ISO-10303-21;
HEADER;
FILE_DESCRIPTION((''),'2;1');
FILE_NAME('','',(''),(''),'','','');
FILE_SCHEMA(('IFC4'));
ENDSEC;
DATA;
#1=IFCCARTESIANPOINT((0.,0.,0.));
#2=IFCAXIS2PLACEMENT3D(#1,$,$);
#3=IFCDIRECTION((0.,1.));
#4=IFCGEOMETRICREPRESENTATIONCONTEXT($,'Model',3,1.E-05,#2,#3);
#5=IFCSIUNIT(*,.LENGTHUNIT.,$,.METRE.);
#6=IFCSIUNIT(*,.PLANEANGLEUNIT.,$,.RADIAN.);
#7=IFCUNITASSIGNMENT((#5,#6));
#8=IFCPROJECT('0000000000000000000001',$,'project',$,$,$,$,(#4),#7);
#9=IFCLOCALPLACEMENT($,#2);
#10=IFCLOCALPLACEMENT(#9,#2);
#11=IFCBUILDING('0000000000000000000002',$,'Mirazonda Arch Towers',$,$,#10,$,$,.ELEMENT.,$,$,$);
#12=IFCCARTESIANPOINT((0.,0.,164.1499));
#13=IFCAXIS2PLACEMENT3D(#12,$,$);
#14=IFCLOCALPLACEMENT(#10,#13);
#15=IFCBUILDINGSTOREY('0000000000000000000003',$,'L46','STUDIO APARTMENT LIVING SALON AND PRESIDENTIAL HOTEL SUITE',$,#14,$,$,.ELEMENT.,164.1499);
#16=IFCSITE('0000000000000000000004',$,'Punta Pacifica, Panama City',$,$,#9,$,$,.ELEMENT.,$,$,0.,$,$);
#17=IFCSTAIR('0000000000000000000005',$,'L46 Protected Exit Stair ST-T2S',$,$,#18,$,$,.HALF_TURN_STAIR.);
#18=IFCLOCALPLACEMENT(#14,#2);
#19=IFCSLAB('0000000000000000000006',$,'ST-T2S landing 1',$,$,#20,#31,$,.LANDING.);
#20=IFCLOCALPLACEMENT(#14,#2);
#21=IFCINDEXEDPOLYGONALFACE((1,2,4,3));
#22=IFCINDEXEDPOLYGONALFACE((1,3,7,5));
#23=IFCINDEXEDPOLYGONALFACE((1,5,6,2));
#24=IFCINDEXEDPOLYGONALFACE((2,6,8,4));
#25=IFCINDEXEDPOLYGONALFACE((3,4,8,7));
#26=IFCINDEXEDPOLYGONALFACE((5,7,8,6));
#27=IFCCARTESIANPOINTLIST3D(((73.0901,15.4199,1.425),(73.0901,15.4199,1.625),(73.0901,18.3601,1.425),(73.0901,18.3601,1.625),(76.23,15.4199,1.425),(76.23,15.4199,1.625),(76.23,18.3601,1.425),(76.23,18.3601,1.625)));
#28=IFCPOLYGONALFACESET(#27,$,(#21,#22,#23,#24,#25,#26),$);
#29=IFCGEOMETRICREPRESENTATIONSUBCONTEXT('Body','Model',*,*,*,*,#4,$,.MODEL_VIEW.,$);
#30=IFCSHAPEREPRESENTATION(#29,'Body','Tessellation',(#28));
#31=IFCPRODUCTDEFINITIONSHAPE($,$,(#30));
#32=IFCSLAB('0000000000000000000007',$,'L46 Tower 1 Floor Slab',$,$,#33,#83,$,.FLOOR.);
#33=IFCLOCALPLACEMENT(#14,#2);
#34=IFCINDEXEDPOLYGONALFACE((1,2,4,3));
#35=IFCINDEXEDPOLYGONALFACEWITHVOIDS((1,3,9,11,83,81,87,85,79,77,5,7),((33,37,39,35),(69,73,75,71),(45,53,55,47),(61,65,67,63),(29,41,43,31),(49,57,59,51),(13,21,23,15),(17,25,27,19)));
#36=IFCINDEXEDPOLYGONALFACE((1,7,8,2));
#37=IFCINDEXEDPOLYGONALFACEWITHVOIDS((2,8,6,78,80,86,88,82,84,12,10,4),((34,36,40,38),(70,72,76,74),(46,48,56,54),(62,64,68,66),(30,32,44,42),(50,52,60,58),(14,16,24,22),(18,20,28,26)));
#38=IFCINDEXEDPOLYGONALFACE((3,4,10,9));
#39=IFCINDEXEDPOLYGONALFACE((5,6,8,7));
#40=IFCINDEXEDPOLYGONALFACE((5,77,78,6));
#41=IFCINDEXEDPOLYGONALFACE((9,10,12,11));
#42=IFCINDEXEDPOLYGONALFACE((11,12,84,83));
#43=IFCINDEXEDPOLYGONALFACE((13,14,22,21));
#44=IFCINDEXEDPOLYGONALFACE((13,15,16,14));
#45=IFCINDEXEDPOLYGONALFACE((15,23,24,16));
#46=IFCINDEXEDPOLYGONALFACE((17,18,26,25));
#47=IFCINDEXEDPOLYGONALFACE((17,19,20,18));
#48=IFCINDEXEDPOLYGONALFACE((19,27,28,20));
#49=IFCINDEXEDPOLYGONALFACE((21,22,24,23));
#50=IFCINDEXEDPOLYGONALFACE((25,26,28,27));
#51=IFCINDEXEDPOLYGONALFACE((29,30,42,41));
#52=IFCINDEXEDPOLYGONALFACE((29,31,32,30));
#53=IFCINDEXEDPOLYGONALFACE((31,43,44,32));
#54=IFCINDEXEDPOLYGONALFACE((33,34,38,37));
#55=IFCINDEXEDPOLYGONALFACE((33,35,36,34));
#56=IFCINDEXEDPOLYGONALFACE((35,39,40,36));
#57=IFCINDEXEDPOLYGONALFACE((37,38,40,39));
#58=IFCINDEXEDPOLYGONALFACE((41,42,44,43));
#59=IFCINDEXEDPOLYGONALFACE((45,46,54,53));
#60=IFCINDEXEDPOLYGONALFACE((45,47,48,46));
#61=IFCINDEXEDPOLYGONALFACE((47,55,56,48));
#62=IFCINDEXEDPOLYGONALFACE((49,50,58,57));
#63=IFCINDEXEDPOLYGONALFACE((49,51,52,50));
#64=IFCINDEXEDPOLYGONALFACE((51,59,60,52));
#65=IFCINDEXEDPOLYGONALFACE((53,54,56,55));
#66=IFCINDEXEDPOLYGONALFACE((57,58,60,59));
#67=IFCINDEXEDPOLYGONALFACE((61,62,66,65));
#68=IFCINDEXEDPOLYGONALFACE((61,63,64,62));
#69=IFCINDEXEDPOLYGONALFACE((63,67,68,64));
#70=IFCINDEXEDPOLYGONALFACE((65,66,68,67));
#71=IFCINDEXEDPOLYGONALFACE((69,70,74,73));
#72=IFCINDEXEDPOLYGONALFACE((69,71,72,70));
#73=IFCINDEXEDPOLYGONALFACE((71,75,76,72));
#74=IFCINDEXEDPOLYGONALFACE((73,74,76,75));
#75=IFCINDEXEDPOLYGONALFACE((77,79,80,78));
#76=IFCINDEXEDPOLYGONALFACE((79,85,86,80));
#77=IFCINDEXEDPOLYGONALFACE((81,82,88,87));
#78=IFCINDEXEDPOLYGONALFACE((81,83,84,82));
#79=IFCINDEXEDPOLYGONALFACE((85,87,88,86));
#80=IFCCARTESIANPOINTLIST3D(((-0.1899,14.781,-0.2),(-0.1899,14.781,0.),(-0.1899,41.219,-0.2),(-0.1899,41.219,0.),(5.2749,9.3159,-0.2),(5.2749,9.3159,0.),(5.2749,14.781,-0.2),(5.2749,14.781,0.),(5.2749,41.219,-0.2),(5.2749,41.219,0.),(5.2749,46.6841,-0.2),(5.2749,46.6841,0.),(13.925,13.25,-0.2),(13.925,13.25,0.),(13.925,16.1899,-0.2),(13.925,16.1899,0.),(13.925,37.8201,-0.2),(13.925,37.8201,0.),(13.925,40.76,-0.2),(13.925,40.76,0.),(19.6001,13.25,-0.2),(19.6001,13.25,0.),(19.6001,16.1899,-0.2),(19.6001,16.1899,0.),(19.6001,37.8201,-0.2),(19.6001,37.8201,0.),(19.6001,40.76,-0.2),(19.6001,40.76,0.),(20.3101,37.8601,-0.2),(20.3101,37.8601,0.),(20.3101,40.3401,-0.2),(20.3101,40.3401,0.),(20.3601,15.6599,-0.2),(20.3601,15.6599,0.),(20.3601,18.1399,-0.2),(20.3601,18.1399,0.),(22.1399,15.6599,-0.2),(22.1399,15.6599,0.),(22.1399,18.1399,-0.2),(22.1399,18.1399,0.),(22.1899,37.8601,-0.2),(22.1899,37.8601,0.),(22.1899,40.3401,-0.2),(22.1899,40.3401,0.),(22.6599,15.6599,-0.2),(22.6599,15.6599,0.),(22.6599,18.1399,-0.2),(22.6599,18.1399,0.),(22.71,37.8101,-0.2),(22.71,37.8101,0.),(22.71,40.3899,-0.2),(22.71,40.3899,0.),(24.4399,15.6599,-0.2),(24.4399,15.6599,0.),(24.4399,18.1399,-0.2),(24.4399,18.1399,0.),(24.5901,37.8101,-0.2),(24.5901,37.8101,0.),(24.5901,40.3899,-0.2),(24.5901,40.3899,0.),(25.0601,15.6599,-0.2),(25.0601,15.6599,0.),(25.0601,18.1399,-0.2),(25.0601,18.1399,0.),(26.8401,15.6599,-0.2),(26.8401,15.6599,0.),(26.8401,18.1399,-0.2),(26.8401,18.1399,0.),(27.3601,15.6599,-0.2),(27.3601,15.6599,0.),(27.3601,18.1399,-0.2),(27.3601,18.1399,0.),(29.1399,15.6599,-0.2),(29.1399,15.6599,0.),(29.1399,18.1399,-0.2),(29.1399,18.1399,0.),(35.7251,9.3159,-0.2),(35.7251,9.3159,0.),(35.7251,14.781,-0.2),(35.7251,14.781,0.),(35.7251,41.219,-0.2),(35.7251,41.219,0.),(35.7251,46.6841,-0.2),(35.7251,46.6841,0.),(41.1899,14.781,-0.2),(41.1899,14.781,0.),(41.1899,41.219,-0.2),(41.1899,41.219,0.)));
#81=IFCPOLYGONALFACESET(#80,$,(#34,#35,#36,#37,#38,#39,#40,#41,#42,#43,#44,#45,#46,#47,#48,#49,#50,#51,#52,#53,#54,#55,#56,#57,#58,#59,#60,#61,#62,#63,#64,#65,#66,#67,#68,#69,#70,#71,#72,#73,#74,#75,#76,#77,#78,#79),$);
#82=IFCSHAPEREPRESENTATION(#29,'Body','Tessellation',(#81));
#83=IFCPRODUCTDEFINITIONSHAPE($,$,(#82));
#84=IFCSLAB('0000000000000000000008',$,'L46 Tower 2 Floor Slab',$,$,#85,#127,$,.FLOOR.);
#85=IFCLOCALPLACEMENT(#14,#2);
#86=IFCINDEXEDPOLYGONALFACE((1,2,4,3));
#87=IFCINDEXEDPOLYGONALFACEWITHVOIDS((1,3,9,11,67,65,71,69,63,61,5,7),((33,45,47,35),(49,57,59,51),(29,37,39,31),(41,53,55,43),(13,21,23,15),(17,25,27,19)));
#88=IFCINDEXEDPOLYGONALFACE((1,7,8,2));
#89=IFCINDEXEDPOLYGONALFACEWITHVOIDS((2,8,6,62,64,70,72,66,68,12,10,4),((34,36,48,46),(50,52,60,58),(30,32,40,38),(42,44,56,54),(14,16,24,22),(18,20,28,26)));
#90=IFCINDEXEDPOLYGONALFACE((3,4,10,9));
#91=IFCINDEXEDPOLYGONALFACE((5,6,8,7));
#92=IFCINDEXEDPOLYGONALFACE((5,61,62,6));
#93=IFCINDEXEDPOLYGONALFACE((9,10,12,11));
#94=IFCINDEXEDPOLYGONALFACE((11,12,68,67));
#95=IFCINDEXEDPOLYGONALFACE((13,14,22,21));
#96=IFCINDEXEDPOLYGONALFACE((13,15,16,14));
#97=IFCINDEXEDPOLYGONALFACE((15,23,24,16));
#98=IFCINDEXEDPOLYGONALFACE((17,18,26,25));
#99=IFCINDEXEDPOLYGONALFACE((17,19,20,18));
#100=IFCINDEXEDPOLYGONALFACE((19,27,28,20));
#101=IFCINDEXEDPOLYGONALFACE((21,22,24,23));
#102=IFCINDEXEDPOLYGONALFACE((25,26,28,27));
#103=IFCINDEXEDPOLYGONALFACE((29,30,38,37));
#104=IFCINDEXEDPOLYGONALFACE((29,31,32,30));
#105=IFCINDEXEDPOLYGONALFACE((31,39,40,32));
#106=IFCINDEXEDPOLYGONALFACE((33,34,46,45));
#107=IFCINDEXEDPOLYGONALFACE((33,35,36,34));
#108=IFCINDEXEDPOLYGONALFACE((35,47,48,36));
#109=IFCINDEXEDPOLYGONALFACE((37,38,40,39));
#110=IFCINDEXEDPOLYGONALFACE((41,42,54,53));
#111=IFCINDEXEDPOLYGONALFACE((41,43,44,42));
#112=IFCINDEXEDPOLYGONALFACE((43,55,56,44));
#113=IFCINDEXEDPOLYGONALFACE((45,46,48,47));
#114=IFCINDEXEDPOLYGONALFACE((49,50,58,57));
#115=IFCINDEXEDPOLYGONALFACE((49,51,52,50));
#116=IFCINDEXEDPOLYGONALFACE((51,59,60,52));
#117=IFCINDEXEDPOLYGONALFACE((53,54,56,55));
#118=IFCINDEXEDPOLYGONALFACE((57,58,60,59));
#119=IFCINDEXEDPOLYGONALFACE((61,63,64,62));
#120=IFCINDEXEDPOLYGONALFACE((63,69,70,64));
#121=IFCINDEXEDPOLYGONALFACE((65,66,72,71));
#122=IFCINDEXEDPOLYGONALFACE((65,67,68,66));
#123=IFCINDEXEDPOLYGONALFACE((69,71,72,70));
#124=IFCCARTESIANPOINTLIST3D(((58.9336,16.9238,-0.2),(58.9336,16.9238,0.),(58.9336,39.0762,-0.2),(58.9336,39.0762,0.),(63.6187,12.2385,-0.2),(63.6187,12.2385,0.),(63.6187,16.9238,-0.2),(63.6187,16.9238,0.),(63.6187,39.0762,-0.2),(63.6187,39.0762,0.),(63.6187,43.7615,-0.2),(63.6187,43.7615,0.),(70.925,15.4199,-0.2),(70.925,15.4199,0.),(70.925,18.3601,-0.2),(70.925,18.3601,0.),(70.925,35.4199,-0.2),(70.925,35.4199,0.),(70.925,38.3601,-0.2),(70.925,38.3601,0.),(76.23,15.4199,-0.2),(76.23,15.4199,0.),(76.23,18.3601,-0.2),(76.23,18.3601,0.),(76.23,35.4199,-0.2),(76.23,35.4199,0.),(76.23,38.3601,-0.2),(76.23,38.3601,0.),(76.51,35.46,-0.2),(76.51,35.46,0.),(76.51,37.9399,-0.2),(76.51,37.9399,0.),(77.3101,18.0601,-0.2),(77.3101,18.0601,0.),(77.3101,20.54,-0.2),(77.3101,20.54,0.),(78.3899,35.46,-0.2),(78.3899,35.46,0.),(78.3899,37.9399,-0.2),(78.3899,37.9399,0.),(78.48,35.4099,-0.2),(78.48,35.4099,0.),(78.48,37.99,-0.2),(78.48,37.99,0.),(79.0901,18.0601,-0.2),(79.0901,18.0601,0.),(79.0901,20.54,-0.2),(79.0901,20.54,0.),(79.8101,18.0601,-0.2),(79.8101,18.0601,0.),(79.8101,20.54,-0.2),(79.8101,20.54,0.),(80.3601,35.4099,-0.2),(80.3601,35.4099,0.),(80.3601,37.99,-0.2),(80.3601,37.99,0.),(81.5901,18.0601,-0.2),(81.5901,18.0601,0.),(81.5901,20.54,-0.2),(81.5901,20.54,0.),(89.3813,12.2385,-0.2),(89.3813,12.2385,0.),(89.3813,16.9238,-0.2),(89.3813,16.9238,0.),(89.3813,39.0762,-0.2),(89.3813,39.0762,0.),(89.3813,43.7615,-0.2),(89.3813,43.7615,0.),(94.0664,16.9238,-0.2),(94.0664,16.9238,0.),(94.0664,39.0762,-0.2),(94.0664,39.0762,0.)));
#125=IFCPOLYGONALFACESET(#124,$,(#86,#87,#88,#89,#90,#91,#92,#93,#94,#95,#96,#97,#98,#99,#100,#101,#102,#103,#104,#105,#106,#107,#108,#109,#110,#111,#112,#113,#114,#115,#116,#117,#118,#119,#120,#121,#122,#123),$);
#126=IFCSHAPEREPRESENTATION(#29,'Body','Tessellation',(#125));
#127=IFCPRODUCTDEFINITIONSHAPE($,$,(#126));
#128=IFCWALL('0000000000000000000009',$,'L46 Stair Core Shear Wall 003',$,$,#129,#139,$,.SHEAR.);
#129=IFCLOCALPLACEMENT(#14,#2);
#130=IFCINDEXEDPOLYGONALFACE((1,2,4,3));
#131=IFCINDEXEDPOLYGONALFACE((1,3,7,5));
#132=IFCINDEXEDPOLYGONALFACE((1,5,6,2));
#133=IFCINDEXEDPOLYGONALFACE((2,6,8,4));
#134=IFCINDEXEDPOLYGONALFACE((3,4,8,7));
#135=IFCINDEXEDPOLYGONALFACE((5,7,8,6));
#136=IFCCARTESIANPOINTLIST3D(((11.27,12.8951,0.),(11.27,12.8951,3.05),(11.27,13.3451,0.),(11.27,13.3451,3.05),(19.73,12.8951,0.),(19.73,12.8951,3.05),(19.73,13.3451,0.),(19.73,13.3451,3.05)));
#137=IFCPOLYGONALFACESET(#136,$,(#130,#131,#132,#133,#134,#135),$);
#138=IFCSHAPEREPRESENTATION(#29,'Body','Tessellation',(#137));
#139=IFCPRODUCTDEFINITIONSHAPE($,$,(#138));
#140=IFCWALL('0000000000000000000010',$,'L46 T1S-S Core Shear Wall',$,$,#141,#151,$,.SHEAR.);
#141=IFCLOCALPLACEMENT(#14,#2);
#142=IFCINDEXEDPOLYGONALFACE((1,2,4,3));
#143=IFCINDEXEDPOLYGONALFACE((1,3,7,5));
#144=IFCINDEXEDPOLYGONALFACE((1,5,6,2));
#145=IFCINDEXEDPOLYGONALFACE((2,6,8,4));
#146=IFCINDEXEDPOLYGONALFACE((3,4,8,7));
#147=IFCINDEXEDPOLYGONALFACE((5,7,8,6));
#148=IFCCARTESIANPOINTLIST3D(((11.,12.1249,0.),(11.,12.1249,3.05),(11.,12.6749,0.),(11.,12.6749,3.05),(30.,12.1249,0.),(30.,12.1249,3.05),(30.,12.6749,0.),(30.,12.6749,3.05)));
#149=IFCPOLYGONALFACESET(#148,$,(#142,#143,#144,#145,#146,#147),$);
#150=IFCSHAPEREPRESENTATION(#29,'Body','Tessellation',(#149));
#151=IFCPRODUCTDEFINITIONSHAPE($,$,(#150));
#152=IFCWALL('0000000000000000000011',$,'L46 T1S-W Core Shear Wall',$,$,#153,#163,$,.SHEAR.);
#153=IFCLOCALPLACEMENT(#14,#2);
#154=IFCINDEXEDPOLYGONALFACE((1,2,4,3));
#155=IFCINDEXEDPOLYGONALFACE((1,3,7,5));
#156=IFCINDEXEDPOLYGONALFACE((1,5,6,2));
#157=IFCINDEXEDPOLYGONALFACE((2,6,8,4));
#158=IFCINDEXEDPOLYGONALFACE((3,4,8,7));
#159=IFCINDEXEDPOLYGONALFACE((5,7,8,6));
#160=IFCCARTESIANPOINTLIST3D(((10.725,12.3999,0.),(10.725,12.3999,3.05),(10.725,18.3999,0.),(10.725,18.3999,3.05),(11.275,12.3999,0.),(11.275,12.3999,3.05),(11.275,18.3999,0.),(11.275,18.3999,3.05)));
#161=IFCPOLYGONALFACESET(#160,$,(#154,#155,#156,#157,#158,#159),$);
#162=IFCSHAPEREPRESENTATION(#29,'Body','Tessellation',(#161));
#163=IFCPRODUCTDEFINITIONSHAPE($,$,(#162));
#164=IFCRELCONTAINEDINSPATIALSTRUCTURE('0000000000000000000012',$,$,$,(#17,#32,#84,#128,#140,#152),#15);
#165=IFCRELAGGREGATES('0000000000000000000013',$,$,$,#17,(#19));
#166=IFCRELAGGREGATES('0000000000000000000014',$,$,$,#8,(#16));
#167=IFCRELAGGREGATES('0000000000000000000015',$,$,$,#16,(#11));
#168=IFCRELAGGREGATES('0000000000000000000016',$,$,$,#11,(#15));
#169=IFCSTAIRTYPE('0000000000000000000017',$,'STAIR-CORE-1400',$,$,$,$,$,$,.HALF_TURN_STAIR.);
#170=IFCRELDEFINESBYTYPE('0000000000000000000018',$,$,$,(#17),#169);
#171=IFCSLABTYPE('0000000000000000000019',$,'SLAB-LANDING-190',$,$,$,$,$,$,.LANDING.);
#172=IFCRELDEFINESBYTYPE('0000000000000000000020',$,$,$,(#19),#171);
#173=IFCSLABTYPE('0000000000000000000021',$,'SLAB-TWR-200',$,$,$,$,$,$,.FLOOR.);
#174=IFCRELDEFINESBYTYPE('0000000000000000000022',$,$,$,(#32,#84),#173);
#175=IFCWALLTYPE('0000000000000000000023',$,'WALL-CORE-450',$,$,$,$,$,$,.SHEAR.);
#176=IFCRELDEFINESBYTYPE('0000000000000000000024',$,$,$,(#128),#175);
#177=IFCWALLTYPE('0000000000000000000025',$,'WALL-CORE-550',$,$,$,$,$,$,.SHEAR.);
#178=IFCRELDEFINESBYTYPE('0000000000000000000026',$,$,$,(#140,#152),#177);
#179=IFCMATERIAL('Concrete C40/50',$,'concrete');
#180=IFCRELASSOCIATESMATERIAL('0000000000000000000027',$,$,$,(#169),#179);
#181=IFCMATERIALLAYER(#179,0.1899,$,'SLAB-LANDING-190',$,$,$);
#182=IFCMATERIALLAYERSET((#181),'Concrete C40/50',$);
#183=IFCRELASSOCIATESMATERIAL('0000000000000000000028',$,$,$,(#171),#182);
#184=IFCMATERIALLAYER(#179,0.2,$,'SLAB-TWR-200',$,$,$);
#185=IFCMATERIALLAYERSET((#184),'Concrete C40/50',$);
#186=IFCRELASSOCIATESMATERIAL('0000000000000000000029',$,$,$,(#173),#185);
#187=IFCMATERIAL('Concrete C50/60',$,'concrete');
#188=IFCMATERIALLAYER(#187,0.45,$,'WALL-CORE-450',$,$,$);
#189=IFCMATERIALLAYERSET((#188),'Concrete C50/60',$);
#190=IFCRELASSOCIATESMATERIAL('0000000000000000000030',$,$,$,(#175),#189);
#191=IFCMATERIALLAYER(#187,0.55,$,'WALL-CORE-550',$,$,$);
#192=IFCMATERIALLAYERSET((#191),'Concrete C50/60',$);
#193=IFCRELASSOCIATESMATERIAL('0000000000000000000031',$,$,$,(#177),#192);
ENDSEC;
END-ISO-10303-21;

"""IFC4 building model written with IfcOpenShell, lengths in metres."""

from ifc_helpers import new_model, si_unit, direction, frame, frame_2d, origin, place, context, subcontext, project, spatial, polyline, rectangle, outline, extrude, material, layer, layer_set, type_object, element, aggregate, save


model = new_model("IFC4")

# Units and contexts
model_context = context("Model", 3, precision=1e-05, world=origin(), true_north=direction((0.0, 1.0)))
body_context = subcontext(model_context, "Body", "Model", "MODEL_VIEW")
ifc_project = project(units=[si_unit("LENGTHUNIT", "METRE"), si_unit("PLANEANGLEUNIT", "RADIAN")], contexts=[model_context])

# Site, building, storey
site_placement = place(None, origin())
site = spatial("IfcSite", under=ifc_project, at=site_placement, Name="Punta Pacifica, Panama City", CompositionType="ELEMENT", RefElevation=0.0)
building_placement = place(site_placement, origin())
building = spatial("IfcBuilding", under=site, at=building_placement, Name="Mirazonda Arch Towers", CompositionType="ELEMENT")
storey_placement = place(building_placement, frame((0.0, 0.0, 164.1499)))
storey = spatial("IfcBuildingStorey", under=building, at=storey_placement, Name="L46", Description="STUDIO APARTMENT LIVING SALON AND PRESIDENTIAL HOTEL SUITE", CompositionType="ELEMENT", Elevation=164.1499)

# Shared definitions
ifc_material_1 = material(Name="Concrete C50/60", Category="concrete")

# Stair, slab
ifc_material_2 = material(Name="Concrete C40/50", Category="concrete")
stair_type = type_object("IfcStairType", Name="STAIR-CORE-1400", PredefinedType="HALF_TURN_STAIR", material=ifc_material_2)
ifc_layer_1 = layer(ifc_material_2, 0.1899, Name="SLAB-LANDING-190")
ifc_layer_set_1 = layer_set([ifc_layer_1], Name="Concrete C40/50")
slab_type_1 = type_object("IfcSlabType", Name="SLAB-LANDING-190", PredefinedType="LANDING", material=ifc_layer_set_1)
stair_1_placement = place(storey_placement, origin())
stair_1 = element("IfcStair", 1, at=stair_1_placement, inside=storey, type_object=stair_type, Name="L46 Protected Exit Stair ST-T2S", PredefinedType="HALF_TURN_STAIR")
slab_1_placement = place(storey_placement, frame((0.0, 0.0, 1.425)))
slab_1 = element("IfcSlab", 2, at=slab_1_placement, type_object=slab_type_1, Name="ST-T2S landing 1", PredefinedType="LANDING", context=body_context, shape_type="SweptSolid", body=[
    extrude(outline(polyline([(73.0901, 15.4199), (76.23, 15.4199), (76.23, 18.3601), (73.0901, 18.3601), (73.0901, 15.4199)])), origin(), (0.0, 0.0, 1.0), 0.2),
])
aggregate(stair_1, [slab_1])

# Slabs
ifc_layer_2 = layer(ifc_material_2, 0.2, Name="SLAB-TWR-200")
ifc_layer_set_2 = layer_set([ifc_layer_2], Name="Concrete C40/50")
slab_type_2 = type_object("IfcSlabType", Name="SLAB-TWR-200", PredefinedType="FLOOR", material=ifc_layer_set_2)
slab_2_placement = place(storey_placement, frame((0.0, 0.0, -0.2)))
element("IfcSlab", 3, at=slab_2_placement, inside=storey, type_object=slab_type_2, Name="L46 Tower 1 Floor Slab", PredefinedType="FLOOR", context=body_context, shape_type="SweptSolid", body=[
    extrude(outline(polyline([(5.2749, 9.3159), (35.7251, 9.3159), (35.7251, 14.781), (41.1899, 14.781), (41.1899, 41.219), (35.7251, 41.219), (35.7251, 46.6841), (5.2749, 46.6841), (5.2749, 41.219), (-0.1899, 41.219), (-0.1899, 14.781), (5.2749, 14.781), (5.2749, 9.3159)]), holes=[polyline([(27.3601, 18.1399), (29.1399, 18.1399), (29.1399, 15.6599), (27.3601, 15.6599), (27.3601, 18.1399)]), polyline([(25.0601, 18.1399), (26.8401, 18.1399), (26.8401, 15.6599), (25.0601, 15.6599), (25.0601, 18.1399)]), polyline([(22.71, 40.3899), (24.5901, 40.3899), (24.5901, 37.8101), (22.71, 37.8101), (22.71, 40.3899)]), polyline([(22.6599, 18.1399), (24.4399, 18.1399), (24.4399, 15.6599), (22.6599, 15.6599), (22.6599, 18.1399)]), polyline([(20.3101, 40.3401), (22.1899, 40.3401), (22.1899, 37.8601), (20.3101, 37.8601), (20.3101, 40.3401)]), polyline([(20.3601, 18.1399), (22.1399, 18.1399), (22.1399, 15.6599), (20.3601, 15.6599), (20.3601, 18.1399)]), polyline([(13.925, 13.25), (13.925, 16.1899), (19.6001, 16.1899), (19.6001, 13.25), (13.925, 13.25)]), polyline([(13.925, 37.8201), (13.925, 40.76), (19.6001, 40.76), (19.6001, 37.8201), (13.925, 37.8201)])]), origin(), (0.0, 0.0, 1.0), 0.2),
])
slab_3_placement = place(storey_placement, frame((0.0, 0.0, -0.2)))
element("IfcSlab", 4, at=slab_3_placement, inside=storey, type_object=slab_type_2, Name="L46 Tower 2 Floor Slab", PredefinedType="FLOOR", context=body_context, shape_type="SweptSolid", body=[
    extrude(outline(polyline([(63.6187, 12.2385), (89.3813, 12.2385), (89.3813, 16.9238), (94.0664, 16.9238), (94.0664, 39.0762), (89.3813, 39.0762), (89.3813, 43.7615), (63.6187, 43.7615), (63.6187, 39.0762), (58.9336, 39.0762), (58.9336, 16.9238), (63.6187, 16.9238), (63.6187, 12.2385)]), holes=[polyline([(79.8101, 20.54), (81.5901, 20.54), (81.5901, 18.0601), (79.8101, 18.0601), (79.8101, 20.54)]), polyline([(78.48, 37.99), (80.3601, 37.99), (80.3601, 35.4099), (78.48, 35.4099), (78.48, 37.99)]), polyline([(77.3101, 20.54), (79.0901, 20.54), (79.0901, 18.0601), (77.3101, 18.0601), (77.3101, 20.54)]), polyline([(76.51, 35.46), (76.51, 37.9399), (78.3899, 37.9399), (78.3899, 35.46), (76.51, 35.46)]), polyline([(76.23, 15.4199), (70.925, 15.4199), (70.925, 18.3601), (76.23, 18.3601), (76.23, 15.4199)]), polyline([(70.925, 35.4199), (70.925, 38.3601), (76.23, 38.3601), (76.23, 35.4199), (70.925, 35.4199)])]), origin(), (0.0, 0.0, 1.0), 0.2),
])

# Walls
ifc_layer_3 = layer(ifc_material_1, 0.45, Name="WALL-CORE-450")
ifc_layer_set_3 = layer_set([ifc_layer_3], Name="Concrete C50/60")
wall_type_1 = type_object("IfcWallType", Name="WALL-CORE-450", PredefinedType="SHEAR", material=ifc_layer_set_3)
wall_1_placement = place(storey_placement, frame((11.27, 13.1201, 0.0), z_axis=(0.0, 0.0, 1.0), x_axis=(1.0, 0.0, 0.0)))
element("IfcWall", 5, at=wall_1_placement, inside=storey, type_object=wall_type_1, Name="L46 Stair Core Shear Wall 003", PredefinedType="SHEAR", context=body_context, shape_type="SweptSolid", body=[
    extrude(rectangle(XDim=8.46, YDim=0.45, at=frame_2d((4.23, 0.0))), origin(), (0.0, 0.0, 1.0), 3.05),
])
ifc_layer_4 = layer(ifc_material_1, 0.55, Name="WALL-CORE-550")
ifc_layer_set_4 = layer_set([ifc_layer_4], Name="Concrete C50/60")
wall_type_2 = type_object("IfcWallType", Name="WALL-CORE-550", PredefinedType="SHEAR", material=ifc_layer_set_4)
wall_2_placement = place(storey_placement, frame((11.0, 12.3999, 0.0), z_axis=(0.0, 0.0, 1.0), x_axis=(1.0, 0.0, 0.0)))
element("IfcWall", 6, at=wall_2_placement, inside=storey, type_object=wall_type_2, Name="L46 T1S-S Core Shear Wall", PredefinedType="SHEAR", context=body_context, shape_type="SweptSolid", body=[
    extrude(rectangle(XDim=19.0, YDim=0.55, at=frame_2d((9.5, 0.0))), origin(), (0.0, 0.0, 1.0), 3.05),
])
wall_3_placement = place(storey_placement, frame((11.0, 12.3999, 0.0), z_axis=(0.0, 0.0, 1.0), x_axis=(0.0, 1.0, 0.0)))
element("IfcWall", 7, at=wall_3_placement, inside=storey, type_object=wall_type_2, Name="L46 T1S-W Core Shear Wall", PredefinedType="SHEAR", context=body_context, shape_type="SweptSolid", body=[
    extrude(rectangle(XDim=6.0, YDim=0.55, at=frame_2d((3.0, 0.0))), origin(), (0.0, 0.0, 1.0), 3.05),
])

save(model, "model.ifc")
